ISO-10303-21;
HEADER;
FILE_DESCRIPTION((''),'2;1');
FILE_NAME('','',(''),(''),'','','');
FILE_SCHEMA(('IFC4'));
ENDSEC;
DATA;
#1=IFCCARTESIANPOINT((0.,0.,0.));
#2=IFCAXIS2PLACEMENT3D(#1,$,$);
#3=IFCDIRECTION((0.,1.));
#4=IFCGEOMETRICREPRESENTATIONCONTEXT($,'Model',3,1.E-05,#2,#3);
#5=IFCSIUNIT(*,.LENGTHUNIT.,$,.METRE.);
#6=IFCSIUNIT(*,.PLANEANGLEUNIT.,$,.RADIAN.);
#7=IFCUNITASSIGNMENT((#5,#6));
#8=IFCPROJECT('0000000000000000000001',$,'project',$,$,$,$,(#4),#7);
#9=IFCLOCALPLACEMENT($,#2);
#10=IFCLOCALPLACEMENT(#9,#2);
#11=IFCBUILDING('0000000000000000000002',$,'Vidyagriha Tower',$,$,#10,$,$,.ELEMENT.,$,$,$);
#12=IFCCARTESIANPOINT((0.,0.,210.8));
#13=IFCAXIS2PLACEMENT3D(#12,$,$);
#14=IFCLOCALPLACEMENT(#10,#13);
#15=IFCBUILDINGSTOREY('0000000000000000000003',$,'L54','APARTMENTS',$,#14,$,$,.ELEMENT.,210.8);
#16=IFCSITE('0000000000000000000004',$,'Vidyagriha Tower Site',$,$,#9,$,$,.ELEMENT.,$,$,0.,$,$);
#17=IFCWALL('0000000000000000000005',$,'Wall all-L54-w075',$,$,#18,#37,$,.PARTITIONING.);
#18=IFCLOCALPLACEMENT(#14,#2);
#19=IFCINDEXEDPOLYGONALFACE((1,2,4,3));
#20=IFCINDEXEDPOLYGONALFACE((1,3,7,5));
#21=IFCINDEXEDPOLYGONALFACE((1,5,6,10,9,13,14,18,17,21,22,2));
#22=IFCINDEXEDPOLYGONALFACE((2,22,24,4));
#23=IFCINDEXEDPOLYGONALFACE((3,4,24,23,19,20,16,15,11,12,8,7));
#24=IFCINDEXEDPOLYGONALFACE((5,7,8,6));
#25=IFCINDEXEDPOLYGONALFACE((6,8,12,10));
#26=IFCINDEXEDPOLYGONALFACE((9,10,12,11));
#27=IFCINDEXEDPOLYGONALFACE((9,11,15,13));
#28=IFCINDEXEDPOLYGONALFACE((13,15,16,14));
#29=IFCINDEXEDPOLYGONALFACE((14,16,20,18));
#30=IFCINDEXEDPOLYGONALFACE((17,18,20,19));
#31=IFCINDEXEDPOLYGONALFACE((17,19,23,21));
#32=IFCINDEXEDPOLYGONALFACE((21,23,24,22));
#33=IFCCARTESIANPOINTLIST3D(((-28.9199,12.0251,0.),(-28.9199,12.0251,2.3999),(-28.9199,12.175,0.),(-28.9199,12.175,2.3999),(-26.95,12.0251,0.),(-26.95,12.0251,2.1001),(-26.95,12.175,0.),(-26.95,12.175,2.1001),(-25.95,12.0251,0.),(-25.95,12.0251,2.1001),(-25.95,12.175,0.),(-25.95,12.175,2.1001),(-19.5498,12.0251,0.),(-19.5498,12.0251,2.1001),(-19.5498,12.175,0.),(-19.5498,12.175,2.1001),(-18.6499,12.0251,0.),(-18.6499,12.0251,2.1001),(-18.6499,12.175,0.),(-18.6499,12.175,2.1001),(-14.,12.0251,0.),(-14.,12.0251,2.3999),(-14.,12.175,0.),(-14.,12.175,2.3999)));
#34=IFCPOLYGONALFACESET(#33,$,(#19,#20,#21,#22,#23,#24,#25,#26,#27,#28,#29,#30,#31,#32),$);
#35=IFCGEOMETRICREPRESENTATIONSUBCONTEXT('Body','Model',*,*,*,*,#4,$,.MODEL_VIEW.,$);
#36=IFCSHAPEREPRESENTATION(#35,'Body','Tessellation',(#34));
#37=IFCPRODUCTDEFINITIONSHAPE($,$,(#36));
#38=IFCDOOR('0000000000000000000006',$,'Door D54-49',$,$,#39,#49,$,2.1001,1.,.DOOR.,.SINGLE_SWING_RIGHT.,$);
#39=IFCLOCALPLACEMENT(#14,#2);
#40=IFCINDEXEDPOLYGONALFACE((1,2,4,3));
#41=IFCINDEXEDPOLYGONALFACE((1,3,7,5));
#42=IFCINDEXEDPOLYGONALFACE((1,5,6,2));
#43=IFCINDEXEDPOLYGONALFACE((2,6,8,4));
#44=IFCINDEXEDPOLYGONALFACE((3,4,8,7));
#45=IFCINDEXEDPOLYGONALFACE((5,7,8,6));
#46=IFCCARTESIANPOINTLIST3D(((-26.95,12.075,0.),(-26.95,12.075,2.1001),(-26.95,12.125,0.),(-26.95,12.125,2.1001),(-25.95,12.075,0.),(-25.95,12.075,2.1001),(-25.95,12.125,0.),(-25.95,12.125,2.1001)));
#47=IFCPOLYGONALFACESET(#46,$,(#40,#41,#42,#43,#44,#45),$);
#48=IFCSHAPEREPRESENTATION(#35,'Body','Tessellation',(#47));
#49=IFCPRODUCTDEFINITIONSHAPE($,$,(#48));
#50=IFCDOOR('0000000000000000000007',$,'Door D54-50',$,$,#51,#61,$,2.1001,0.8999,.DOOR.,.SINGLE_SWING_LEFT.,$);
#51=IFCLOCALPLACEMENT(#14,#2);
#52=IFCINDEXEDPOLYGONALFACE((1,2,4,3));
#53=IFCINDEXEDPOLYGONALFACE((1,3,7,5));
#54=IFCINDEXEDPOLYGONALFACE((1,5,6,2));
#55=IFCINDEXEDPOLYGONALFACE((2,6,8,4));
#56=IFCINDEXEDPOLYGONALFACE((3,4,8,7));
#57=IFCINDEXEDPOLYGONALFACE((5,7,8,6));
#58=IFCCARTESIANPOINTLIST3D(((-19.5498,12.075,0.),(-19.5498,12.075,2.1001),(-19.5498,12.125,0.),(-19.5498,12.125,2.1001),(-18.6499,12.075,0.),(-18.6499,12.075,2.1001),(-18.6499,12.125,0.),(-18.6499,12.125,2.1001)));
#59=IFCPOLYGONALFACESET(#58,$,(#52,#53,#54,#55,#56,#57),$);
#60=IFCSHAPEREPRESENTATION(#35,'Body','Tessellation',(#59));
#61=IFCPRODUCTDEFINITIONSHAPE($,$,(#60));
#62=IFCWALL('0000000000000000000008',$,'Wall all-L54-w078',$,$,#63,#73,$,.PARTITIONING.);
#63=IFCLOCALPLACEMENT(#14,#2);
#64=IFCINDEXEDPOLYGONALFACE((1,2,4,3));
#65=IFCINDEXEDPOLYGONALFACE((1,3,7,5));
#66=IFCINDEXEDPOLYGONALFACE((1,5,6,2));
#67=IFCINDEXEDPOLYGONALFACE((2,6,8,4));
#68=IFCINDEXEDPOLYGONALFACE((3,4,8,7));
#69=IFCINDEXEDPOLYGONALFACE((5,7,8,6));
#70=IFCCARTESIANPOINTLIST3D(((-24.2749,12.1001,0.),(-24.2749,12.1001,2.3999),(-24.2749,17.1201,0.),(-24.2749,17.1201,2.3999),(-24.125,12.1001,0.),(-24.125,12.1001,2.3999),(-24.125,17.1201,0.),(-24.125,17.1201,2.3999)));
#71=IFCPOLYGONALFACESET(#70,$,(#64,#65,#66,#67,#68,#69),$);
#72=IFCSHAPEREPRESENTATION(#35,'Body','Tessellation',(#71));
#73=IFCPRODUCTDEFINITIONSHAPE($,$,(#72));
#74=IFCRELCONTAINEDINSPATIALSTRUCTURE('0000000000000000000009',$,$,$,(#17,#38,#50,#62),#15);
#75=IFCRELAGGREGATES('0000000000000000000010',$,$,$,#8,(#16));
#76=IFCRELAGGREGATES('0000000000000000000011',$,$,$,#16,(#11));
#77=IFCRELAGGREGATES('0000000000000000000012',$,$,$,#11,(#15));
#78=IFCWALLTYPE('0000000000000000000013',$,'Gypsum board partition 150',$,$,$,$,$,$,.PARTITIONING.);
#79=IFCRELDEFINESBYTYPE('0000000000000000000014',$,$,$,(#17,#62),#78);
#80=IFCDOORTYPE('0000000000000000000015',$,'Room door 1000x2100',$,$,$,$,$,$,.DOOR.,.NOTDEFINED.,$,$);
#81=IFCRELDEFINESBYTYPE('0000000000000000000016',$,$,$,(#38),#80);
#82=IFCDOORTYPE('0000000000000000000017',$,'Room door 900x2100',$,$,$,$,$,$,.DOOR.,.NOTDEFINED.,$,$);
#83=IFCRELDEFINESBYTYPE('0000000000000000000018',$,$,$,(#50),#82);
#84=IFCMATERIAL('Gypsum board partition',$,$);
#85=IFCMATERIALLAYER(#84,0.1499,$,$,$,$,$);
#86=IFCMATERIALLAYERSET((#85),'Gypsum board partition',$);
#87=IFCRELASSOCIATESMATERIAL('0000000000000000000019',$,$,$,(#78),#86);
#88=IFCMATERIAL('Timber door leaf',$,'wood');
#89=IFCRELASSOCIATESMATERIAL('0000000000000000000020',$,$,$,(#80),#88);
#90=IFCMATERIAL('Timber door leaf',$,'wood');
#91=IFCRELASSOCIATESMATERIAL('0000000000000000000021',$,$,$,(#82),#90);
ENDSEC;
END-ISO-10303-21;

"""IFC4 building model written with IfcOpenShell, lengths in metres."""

from ifc_helpers import new_model, si_unit, direction, frame, frame_2d, origin, place, context, subcontext, project, spatial, rectangle, extrude, material, layer, layer_set, type_object, element, fill, save


model = new_model("IFC4")

# Units and contexts
model_context = context("Model", 3, precision=1e-05, world=origin(), true_north=direction((0.0, 1.0)))
body_context = subcontext(model_context, "Body", "Model", "MODEL_VIEW")
ifc_project = project(units=[si_unit("LENGTHUNIT", "METRE"), si_unit("PLANEANGLEUNIT", "RADIAN")], contexts=[model_context])

# Site, building, storey
site_placement = place(None, origin())
site = spatial("IfcSite", under=ifc_project, at=site_placement, Name="Vidyagriha Tower Site", CompositionType="ELEMENT", RefElevation=0.0)
building_placement = place(site_placement, origin())
building = spatial("IfcBuilding", under=site, at=building_placement, Name="Vidyagriha Tower", CompositionType="ELEMENT")
storey_placement = place(building_placement, frame((0.0, 0.0, 210.8)))
storey = spatial("IfcBuildingStorey", under=building, at=storey_placement, Name="L54", Description="APARTMENTS", CompositionType="ELEMENT", Elevation=210.8)

# Wall, openings, doors
ifc_material_1 = material(Name="Gypsum board partition")
ifc_layer_1 = layer(ifc_material_1, 0.1499)
ifc_layer_set_1 = layer_set([ifc_layer_1], Name="Gypsum board partition")
wall_type_1 = type_object("IfcWallType", Name="Gypsum board partition 150", PredefinedType="PARTITIONING", material=ifc_layer_set_1)
wall_1_placement = place(storey_placement, frame((-28.9199, 12.1001, 0.0)))
wall_1 = element("IfcWall", 1, at=wall_1_placement, inside=storey, type_object=wall_type_1, Name="Wall all-L54-w075", PredefinedType="PARTITIONING", context=body_context, shape_type="SweptSolid", body=[
    extrude(rectangle(XDim=14.9199, YDim=0.1499, at=frame_2d((7.46, 0.0))), origin(), (0.0, 0.0, 1.0), 2.3999),
])
opening_1_placement = place(wall_1_placement, frame((1.97, 0.0, 0.0)))
opening_1 = element("IfcOpeningElement", 2, at=opening_1_placement, cuts=wall_1, PredefinedType="OPENING", context=body_context, shape_type="SweptSolid", body=[
    extrude(rectangle(XDim=1.0, YDim=2.1001, at=frame_2d((0.5, 1.05))), frame((0.0, 0.085, 0.0), z_axis=(0.0, -1.0, 0.0), x_axis=(1.0, 0.0, 0.0)), (0.0, 0.0, 1.0), 0.1699),
])
opening_2_placement = place(wall_1_placement, frame((9.3701, 0.0, 0.0)))
opening_2 = element("IfcOpeningElement", 3, at=opening_2_placement, cuts=wall_1, PredefinedType="OPENING", context=body_context, shape_type="SweptSolid", body=[
    extrude(rectangle(XDim=0.8999, YDim=2.1001, at=frame_2d((0.45, 1.05))), frame((0.0, 0.085, 0.0), z_axis=(0.0, -1.0, 0.0), x_axis=(1.0, 0.0, 0.0)), (0.0, 0.0, 1.0), 0.1699),
])
ifc_material_2 = material(Name="Timber door leaf", Category="wood")
door_type_1 = type_object("IfcDoorType", Name="Room door 1000x2100", OperationType="NOTDEFINED", PredefinedType="DOOR", material=ifc_material_2)
door_1_placement = place(opening_1_placement, origin())
door_1 = element("IfcDoor", 4, at=door_1_placement, inside=storey, type_object=door_type_1, Name="Door D54-49", OperationType="SINGLE_SWING_RIGHT", OverallHeight=2.1001, OverallWidth=1.0, PredefinedType="DOOR", context=body_context, shape_type="SweptSolid", body=[
    extrude(rectangle(XDim=1.0, YDim=2.1001, at=frame_2d((0.5, 1.05))), frame((0.0, 0.0249, 0.0), z_axis=(0.0, -1.0, 0.0), x_axis=(1.0, 0.0, 0.0)), (0.0, 0.0, 1.0), 0.05),
])
fill(opening_1, door_1)
ifc_material_3 = material(Name="Timber door leaf", Category="wood")
door_type_2 = type_object("IfcDoorType", Name="Room door 900x2100", OperationType="NOTDEFINED", PredefinedType="DOOR", material=ifc_material_3)
door_2_placement = place(opening_2_placement, origin())
door_2 = element("IfcDoor", 5, at=door_2_placement, inside=storey, type_object=door_type_2, Name="Door D54-50", OperationType="SINGLE_SWING_LEFT", OverallHeight=2.1001, OverallWidth=0.8999, PredefinedType="DOOR", context=body_context, shape_type="SweptSolid", body=[
    extrude(rectangle(XDim=0.8999, YDim=2.1001, at=frame_2d((0.45, 1.05))), frame((0.0, 0.0249, 0.0), z_axis=(0.0, -1.0, 0.0), x_axis=(1.0, 0.0, 0.0)), (0.0, 0.0, 1.0), 0.05),
])
fill(opening_2, door_2)

# Wall
wall_2_placement = place(storey_placement, frame((-24.2, 17.1201, 0.0), z_axis=(0.0, 0.0, 1.0), x_axis=(0.0, -1.0, 0.0)))
element("IfcWall", 6, at=wall_2_placement, inside=storey, type_object=wall_type_1, Name="Wall all-L54-w078", PredefinedType="PARTITIONING", context=body_context, shape_type="SweptSolid", body=[
    extrude(rectangle(XDim=5.02, YDim=0.1499, at=frame_2d((2.51, 0.0))), origin(), (0.0, 0.0, 1.0), 2.3999),
])

save(model, "model.ifc")
